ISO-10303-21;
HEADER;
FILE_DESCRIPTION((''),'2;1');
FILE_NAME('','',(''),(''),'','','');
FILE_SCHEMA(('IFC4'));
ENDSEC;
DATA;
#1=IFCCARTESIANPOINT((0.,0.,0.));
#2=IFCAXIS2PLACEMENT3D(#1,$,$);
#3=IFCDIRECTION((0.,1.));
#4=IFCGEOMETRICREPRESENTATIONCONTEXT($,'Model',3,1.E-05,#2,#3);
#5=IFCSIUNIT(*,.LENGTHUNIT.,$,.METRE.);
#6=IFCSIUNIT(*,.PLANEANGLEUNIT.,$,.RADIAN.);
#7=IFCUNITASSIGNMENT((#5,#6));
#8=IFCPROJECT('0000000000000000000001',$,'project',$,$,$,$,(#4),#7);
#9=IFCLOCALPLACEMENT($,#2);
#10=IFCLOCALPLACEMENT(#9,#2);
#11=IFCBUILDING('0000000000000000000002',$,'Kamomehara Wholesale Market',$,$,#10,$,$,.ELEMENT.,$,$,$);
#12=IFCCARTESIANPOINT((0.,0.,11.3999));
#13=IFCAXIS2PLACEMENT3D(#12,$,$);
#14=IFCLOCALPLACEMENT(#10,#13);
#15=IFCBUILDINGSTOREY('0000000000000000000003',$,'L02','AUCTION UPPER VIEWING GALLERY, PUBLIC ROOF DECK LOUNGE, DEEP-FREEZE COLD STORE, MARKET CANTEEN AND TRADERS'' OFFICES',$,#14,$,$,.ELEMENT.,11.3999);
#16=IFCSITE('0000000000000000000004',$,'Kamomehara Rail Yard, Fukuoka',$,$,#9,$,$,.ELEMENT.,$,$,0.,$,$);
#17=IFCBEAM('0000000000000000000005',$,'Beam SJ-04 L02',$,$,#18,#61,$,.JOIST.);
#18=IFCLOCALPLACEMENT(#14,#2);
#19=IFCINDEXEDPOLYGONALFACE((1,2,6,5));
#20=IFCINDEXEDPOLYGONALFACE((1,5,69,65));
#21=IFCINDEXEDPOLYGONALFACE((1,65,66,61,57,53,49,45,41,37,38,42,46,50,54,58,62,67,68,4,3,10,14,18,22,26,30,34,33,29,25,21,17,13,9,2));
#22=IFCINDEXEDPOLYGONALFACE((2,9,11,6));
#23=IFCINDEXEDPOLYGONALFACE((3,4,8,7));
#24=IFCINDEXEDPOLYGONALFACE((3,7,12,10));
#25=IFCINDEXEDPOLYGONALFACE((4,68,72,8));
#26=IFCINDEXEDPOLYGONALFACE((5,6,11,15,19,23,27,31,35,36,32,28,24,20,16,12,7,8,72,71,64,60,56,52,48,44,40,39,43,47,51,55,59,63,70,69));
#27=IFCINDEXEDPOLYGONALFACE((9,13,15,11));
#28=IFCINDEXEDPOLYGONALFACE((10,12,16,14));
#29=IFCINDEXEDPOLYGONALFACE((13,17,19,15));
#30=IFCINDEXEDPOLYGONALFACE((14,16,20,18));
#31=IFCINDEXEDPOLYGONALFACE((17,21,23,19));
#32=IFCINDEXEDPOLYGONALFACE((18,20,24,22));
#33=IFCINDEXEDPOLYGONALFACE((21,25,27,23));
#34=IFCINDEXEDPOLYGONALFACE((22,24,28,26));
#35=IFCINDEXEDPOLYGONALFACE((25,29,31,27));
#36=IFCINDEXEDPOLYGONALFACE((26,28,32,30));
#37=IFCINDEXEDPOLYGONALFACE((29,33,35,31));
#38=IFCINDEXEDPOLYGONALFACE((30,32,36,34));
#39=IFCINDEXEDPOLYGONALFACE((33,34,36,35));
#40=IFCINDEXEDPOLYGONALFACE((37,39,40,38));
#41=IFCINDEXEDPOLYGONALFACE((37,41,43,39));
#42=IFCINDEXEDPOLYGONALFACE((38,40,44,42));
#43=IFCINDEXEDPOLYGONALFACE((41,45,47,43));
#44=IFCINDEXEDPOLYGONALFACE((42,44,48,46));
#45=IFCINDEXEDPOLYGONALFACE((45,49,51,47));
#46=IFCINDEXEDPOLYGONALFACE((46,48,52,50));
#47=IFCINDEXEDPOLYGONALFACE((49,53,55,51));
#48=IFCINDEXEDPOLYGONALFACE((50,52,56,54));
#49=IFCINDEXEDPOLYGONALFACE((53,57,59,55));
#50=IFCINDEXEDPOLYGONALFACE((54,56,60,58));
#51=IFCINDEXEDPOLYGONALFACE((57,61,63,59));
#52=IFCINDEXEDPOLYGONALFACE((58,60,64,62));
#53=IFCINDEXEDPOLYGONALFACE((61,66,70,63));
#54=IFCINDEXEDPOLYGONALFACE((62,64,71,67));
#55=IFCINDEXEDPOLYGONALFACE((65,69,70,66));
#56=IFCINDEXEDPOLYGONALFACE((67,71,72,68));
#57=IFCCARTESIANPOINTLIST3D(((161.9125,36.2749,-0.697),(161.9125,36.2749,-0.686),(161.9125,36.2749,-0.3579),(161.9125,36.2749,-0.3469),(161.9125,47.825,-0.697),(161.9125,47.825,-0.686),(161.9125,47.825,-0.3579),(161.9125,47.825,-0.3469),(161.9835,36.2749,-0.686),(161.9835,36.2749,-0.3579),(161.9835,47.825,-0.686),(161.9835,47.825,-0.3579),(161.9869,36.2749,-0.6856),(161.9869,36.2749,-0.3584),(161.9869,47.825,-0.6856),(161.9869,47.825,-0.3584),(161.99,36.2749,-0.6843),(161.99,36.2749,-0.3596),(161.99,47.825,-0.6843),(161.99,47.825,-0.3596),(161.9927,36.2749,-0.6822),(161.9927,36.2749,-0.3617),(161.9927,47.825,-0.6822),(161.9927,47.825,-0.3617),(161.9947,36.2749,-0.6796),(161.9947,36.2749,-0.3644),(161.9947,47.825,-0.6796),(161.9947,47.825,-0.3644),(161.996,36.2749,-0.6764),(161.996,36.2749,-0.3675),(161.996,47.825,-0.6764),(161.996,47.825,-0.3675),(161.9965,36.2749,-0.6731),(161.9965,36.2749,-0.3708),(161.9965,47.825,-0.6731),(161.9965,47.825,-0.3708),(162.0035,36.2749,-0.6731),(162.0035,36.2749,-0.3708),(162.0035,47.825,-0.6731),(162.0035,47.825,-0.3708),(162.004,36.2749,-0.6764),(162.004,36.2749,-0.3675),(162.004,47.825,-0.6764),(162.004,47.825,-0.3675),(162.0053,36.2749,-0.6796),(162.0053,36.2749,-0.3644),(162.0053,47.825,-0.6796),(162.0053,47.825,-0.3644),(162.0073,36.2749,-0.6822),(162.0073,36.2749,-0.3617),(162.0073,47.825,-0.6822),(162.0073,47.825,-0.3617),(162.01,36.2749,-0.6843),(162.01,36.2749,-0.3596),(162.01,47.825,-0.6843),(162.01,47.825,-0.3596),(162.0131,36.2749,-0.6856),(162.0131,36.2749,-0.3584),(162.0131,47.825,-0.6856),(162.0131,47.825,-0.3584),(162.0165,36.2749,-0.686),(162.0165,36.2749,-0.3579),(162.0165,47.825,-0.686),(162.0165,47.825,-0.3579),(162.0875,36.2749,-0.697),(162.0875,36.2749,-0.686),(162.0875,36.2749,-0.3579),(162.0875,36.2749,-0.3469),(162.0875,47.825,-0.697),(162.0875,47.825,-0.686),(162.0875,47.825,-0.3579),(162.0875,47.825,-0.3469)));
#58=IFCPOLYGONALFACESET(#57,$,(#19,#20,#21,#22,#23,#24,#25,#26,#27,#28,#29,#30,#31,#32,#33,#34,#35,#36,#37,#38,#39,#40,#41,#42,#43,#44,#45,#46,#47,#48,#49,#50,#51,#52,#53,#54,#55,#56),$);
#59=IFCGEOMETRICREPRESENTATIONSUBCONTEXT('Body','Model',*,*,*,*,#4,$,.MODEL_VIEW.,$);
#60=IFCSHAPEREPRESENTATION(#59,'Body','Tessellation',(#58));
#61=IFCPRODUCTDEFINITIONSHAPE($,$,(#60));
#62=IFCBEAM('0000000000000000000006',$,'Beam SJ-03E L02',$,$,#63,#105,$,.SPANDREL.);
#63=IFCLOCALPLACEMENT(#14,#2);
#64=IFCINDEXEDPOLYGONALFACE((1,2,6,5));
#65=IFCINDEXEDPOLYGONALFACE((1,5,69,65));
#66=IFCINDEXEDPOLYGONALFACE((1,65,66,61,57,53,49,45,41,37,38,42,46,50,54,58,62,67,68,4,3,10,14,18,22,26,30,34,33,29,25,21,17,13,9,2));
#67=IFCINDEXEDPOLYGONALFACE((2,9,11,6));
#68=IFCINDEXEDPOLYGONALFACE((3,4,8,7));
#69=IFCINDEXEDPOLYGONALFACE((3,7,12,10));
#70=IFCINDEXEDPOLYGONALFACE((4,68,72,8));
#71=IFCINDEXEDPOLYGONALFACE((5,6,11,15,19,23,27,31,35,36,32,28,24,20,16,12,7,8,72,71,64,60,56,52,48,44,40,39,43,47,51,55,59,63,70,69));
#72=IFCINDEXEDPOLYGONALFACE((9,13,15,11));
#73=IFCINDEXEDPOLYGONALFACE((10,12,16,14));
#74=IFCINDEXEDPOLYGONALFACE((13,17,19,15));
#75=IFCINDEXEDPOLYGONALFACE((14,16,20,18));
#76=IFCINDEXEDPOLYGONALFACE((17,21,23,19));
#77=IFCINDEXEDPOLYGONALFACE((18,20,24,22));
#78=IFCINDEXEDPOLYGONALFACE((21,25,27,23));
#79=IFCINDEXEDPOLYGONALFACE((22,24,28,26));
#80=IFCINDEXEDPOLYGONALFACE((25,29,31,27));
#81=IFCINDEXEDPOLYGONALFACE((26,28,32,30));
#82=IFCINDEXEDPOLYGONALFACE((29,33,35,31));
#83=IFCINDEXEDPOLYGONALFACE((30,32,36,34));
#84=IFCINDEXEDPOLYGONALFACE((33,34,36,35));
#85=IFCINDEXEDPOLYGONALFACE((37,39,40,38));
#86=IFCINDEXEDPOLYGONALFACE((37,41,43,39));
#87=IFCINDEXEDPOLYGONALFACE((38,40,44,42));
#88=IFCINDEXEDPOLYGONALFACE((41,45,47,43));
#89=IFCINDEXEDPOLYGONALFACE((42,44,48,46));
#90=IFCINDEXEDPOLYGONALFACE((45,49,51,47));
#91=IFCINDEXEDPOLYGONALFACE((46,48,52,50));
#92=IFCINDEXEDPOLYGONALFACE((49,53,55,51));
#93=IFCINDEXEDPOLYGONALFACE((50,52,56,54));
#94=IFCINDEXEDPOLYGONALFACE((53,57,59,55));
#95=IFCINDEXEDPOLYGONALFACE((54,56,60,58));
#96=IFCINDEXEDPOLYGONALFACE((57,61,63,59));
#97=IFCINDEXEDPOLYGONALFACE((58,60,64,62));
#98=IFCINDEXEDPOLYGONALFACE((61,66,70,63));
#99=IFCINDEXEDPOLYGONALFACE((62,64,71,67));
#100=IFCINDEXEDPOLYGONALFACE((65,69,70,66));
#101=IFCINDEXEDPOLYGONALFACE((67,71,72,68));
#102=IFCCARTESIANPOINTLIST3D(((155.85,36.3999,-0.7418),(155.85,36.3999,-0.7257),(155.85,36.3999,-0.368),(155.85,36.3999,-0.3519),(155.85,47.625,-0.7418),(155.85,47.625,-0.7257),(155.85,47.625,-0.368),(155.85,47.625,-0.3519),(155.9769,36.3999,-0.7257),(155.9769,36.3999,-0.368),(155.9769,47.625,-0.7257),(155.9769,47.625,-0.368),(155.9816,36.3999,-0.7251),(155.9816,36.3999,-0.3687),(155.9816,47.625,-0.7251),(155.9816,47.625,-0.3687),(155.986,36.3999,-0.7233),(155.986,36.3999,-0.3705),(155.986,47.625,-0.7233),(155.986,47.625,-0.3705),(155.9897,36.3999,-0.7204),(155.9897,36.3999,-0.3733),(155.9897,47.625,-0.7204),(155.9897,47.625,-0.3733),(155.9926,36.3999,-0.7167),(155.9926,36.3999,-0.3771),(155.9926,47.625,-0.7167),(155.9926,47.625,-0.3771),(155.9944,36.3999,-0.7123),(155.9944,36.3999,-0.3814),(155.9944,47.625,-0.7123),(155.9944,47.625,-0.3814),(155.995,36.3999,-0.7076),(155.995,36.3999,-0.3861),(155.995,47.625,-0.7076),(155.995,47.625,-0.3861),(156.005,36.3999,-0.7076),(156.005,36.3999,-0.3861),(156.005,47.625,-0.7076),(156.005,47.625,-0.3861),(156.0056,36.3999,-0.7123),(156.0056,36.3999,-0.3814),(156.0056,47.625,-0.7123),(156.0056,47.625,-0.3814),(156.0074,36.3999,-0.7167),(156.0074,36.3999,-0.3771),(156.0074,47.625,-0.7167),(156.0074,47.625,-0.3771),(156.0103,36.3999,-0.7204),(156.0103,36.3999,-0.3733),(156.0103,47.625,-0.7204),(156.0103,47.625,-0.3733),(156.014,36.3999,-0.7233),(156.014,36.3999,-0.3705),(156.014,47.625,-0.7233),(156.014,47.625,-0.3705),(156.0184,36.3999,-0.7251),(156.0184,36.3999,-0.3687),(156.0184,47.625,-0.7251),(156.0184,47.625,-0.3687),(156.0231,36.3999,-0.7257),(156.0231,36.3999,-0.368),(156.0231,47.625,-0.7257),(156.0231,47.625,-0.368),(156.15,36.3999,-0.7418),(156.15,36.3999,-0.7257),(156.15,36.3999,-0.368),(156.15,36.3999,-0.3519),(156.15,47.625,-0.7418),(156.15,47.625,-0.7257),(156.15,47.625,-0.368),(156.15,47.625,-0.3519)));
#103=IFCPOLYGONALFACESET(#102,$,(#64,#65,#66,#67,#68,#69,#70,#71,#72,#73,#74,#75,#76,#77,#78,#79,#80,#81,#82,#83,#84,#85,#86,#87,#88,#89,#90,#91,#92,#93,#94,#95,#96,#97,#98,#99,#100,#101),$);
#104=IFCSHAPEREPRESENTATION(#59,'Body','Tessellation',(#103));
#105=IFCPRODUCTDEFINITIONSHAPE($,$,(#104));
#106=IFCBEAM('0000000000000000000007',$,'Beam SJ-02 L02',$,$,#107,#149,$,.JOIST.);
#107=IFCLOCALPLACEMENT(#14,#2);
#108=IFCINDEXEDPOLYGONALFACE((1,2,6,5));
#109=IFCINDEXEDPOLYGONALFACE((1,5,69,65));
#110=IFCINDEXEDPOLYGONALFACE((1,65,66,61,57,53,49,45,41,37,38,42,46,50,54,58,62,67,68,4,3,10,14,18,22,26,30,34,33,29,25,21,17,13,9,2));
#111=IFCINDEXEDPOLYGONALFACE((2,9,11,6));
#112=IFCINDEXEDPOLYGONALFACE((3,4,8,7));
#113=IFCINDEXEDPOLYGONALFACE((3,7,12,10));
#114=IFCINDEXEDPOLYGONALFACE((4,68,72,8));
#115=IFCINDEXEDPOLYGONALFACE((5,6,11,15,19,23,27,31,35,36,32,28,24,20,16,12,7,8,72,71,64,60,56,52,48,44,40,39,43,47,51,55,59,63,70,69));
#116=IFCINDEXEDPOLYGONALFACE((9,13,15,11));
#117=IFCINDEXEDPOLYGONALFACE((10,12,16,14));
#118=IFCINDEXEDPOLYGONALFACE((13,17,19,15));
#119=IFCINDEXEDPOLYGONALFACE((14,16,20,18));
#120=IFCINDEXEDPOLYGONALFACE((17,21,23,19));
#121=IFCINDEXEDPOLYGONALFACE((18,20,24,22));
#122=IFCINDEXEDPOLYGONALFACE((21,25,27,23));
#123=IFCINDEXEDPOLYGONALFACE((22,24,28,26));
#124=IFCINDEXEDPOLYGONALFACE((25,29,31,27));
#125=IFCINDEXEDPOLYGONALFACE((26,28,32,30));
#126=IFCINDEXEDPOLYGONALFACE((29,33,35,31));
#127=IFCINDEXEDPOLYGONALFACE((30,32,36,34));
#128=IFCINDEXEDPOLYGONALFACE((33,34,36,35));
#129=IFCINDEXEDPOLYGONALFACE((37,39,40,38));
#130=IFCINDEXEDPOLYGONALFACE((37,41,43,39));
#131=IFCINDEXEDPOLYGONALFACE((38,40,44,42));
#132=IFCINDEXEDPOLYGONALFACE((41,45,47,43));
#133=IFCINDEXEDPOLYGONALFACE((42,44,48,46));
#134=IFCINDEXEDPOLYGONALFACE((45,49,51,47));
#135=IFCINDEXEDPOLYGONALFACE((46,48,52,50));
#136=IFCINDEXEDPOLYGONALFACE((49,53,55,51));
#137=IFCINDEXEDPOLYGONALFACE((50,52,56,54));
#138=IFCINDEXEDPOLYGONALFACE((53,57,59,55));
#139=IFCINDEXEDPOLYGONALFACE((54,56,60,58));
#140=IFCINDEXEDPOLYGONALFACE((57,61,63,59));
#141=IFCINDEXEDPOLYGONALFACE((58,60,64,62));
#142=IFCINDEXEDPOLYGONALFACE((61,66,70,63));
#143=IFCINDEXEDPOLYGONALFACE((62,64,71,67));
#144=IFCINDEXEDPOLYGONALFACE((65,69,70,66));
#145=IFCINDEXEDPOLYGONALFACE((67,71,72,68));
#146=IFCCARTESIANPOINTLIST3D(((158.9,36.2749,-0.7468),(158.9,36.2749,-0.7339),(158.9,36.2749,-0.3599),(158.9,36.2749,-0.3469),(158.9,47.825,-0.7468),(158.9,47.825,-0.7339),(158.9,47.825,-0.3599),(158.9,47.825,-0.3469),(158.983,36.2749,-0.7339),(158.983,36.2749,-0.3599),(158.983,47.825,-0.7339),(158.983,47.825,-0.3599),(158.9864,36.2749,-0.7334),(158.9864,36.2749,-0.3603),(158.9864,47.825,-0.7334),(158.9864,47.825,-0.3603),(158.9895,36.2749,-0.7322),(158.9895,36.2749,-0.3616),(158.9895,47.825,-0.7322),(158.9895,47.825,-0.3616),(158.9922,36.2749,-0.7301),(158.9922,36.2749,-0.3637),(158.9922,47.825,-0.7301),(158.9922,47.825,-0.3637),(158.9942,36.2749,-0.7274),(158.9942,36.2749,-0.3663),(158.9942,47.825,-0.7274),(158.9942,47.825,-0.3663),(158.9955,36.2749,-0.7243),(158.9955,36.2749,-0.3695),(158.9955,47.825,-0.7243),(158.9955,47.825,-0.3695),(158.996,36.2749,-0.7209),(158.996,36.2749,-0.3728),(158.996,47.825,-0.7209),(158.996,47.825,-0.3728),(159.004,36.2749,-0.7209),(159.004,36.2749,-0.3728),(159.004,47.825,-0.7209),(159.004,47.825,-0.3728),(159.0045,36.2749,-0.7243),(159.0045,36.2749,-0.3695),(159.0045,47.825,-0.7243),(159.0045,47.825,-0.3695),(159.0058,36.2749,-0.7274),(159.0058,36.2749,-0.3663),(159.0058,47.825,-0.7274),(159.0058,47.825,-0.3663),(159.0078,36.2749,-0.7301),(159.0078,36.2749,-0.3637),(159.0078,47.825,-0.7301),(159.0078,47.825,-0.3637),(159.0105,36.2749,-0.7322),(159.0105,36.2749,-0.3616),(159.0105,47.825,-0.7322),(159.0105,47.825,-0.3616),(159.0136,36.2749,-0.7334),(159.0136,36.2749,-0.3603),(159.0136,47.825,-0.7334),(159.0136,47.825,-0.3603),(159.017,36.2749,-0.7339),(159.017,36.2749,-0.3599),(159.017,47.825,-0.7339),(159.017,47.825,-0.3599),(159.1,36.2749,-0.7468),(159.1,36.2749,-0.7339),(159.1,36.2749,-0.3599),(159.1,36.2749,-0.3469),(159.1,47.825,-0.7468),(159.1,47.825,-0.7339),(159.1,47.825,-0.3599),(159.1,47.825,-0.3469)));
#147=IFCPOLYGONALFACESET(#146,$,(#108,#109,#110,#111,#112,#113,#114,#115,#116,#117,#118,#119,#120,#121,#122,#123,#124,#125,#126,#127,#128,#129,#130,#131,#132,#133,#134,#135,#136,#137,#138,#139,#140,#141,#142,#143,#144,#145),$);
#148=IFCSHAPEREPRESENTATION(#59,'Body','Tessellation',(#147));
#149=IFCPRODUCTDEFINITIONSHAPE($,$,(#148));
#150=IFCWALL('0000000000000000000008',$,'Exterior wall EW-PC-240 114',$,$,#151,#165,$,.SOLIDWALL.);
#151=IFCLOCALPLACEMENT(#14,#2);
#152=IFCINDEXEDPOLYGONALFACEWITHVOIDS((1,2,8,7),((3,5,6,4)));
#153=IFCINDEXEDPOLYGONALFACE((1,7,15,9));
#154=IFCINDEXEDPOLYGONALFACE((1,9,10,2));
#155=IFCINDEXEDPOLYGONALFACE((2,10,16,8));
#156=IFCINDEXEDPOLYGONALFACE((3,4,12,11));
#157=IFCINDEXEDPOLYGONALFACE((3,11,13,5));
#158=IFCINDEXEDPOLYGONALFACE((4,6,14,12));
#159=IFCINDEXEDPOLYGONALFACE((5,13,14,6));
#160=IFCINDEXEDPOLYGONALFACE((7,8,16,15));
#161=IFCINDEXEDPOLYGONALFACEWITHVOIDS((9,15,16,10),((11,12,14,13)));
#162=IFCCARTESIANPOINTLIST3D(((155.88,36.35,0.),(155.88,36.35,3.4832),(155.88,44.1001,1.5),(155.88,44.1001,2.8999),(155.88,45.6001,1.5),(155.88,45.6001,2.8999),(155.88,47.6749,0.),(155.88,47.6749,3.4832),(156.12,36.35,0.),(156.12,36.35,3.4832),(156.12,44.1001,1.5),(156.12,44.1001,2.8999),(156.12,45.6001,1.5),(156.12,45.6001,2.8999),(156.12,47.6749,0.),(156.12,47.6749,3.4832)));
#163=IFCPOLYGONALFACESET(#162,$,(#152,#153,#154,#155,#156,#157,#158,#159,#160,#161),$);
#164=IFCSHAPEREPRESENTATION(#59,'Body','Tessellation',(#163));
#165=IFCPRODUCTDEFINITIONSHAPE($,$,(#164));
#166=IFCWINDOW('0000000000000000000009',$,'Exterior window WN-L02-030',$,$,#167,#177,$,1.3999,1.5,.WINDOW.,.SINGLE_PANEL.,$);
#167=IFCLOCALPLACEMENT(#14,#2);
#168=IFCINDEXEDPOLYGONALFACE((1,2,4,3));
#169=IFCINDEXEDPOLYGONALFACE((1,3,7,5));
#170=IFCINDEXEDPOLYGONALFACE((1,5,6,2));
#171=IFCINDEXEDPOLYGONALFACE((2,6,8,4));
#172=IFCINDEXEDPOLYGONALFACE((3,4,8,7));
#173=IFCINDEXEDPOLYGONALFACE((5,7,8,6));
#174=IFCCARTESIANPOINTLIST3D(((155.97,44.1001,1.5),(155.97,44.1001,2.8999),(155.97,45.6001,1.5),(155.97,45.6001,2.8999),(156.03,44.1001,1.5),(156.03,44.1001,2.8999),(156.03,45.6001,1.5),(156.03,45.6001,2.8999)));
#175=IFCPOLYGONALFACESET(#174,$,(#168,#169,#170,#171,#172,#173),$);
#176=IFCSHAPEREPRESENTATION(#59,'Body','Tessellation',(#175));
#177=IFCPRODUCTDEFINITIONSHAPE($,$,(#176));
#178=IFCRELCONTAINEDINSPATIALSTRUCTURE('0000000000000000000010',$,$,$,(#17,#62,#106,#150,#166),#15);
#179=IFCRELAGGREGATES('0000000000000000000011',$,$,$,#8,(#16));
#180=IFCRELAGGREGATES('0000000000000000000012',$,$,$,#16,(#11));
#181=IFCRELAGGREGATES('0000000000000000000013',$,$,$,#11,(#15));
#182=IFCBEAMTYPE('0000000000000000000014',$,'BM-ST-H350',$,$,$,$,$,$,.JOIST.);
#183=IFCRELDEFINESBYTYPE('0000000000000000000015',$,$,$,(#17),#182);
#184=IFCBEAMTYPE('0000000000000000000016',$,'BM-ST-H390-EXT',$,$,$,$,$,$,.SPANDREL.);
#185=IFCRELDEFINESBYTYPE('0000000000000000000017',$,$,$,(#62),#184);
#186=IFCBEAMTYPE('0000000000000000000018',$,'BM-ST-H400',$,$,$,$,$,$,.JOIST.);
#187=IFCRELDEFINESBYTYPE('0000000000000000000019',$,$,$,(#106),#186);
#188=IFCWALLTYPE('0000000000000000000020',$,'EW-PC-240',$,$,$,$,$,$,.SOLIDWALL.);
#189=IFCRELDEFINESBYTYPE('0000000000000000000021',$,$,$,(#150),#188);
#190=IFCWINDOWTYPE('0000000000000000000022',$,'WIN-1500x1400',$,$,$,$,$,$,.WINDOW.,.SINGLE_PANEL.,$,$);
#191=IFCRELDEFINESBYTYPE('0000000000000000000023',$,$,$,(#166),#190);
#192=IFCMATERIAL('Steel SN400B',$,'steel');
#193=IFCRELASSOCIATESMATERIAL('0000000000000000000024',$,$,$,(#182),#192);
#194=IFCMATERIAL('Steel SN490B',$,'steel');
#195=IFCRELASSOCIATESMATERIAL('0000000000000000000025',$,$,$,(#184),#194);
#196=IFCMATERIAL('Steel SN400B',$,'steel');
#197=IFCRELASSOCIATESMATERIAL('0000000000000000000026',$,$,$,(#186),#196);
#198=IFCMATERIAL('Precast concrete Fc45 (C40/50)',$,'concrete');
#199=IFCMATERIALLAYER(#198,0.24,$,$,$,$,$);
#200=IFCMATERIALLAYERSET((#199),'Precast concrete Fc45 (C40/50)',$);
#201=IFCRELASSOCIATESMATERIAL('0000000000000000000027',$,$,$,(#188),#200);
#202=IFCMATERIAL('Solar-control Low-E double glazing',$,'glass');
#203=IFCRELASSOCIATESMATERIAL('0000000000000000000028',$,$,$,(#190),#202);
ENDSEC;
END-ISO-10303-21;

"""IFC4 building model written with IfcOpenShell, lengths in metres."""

from ifc_helpers import new_model, si_unit, direction, frame, frame_2d, origin, origin_2d, place, context, subcontext, project, spatial, rectangle, i_section, extrude, material, layer, layer_set, material_profile, profile_set, type_object, element, fill, save


model = new_model("IFC4")

# Units and contexts
model_context = context("Model", 3, precision=1e-05, world=origin(), true_north=direction((0.0, 1.0)))
body_context = subcontext(model_context, "Body", "Model", "MODEL_VIEW")
ifc_project = project(units=[si_unit("LENGTHUNIT", "METRE"), si_unit("PLANEANGLEUNIT", "RADIAN")], contexts=[model_context])

# Site, building, storey
site_placement = place(None, origin())
site = spatial("IfcSite", under=ifc_project, at=site_placement, Name="Kamomehara Rail Yard, Fukuoka", CompositionType="ELEMENT", RefElevation=0.0)
building_placement = place(site_placement, origin())
building = spatial("IfcBuilding", under=site, at=building_placement, Name="Kamomehara Wholesale Market", CompositionType="ELEMENT")
storey_placement = place(building_placement, frame((0.0, 0.0, 11.3999)))
storey = spatial("IfcBuildingStorey", under=building, at=storey_placement, Name="L02", Description="AUCTION UPPER VIEWING GALLERY, PUBLIC ROOF DECK LOUNGE, DEEP-FREEZE COLD STORE, MARKET CANTEEN AND TRADERS' OFFICES", CompositionType="ELEMENT", Elevation=11.3999)

# Beams
ifc_material_1 = material(Name="Steel SN400B", Category="steel")
ifc_material_profile_1 = material_profile(ifc_material_1, i_section(OverallWidth=0.175, OverallDepth=0.3501, WebThickness=0.0071, FlangeThickness=0.011, FilletRadius=0.0129, at=origin_2d()), Name="H-350x175x7x11")
ifc_profile_set_1 = profile_set([ifc_material_profile_1], Name="Steel SN400B")
beam_type_1 = type_object("IfcBeamType", Name="BM-ST-H350", PredefinedType="JOIST", material=ifc_profile_set_1)
beam_1_placement = place(storey_placement, frame((162.0, 36.2749, -0.522), z_axis=(0.0, 1.0, 0.0), x_axis=(-1.0, 0.0, 0.0)))
element("IfcBeam", 1, at=beam_1_placement, inside=storey, type_object=beam_type_1, Name="Beam SJ-04 L02", PredefinedType="JOIST", context=body_context, shape_type="SweptSolid", body=[
    extrude(i_section(OverallWidth=0.175, OverallDepth=0.3501, WebThickness=0.0071, FlangeThickness=0.011, FilletRadius=0.0129, at=origin_2d()), origin(), (0.0, 0.0, 1.0), 11.55),
])
ifc_material_2 = material(Name="Steel SN490B", Category="steel")
ifc_material_profile_2 = material_profile(ifc_material_2, i_section(OverallWidth=0.3, OverallDepth=0.3899, WebThickness=0.01, FlangeThickness=0.0161, FilletRadius=0.0181, at=origin_2d()), Name="H-390x300x10x16")
ifc_profile_set_2 = profile_set([ifc_material_profile_2], Name="Steel SN490B")
beam_type_2 = type_object("IfcBeamType", Name="BM-ST-H390-EXT", PredefinedType="SPANDREL", material=ifc_profile_set_2)
beam_2_placement = place(storey_placement, frame((156.0, 36.3999, -0.5469), z_axis=(0.0, 1.0, 0.0), x_axis=(-1.0, 0.0, 0.0)))
element("IfcBeam", 2, at=beam_2_placement, inside=storey, type_object=beam_type_2, Name="Beam SJ-03E L02", PredefinedType="SPANDREL", context=body_context, shape_type="SweptSolid", body=[
    extrude(i_section(OverallWidth=0.3, OverallDepth=0.3899, WebThickness=0.01, FlangeThickness=0.0161, FilletRadius=0.0181, at=origin_2d()), origin(), (0.0, 0.0, 1.0), 11.2251),
])
ifc_material_3 = material(Name="Steel SN400B", Category="steel")
ifc_material_profile_3 = material_profile(ifc_material_3, i_section(OverallWidth=0.2, OverallDepth=0.3999, WebThickness=0.0081, FlangeThickness=0.0129, FilletRadius=0.0129, at=origin_2d()), Name="H-400x200x8x13")
ifc_profile_set_3 = profile_set([ifc_material_profile_3], Name="Steel SN400B")
beam_type_3 = type_object("IfcBeamType", Name="BM-ST-H400", PredefinedType="JOIST", material=ifc_profile_set_3)
beam_3_placement = place(storey_placement, frame((159.0, 36.2749, -0.5469), z_axis=(0.0, 1.0, 0.0), x_axis=(-1.0, 0.0, 0.0)))
element("IfcBeam", 3, at=beam_3_placement, inside=storey, type_object=beam_type_3, Name="Beam SJ-02 L02", PredefinedType="JOIST", context=body_context, shape_type="SweptSolid", body=[
    extrude(i_section(OverallWidth=0.2, OverallDepth=0.3999, WebThickness=0.0081, FlangeThickness=0.0129, FilletRadius=0.0129, at=origin_2d()), origin(), (0.0, 0.0, 1.0), 11.55),
])

# Wall, opening, window
ifc_material_4 = material(Name="Precast concrete Fc45 (C40/50)", Category="concrete")
ifc_layer_1 = layer(ifc_material_4, 0.24)
ifc_layer_set_1 = layer_set([ifc_layer_1], Name="Precast concrete Fc45 (C40/50)")
wall_type_1 = type_object("IfcWallType", Name="EW-PC-240", PredefinedType="SOLIDWALL", material=ifc_layer_set_1)
wall_1_placement = place(storey_placement, frame((156.0, 47.675, 0.0), z_axis=(0.0, 0.0, 1.0), x_axis=(0.0, -1.0, 0.0)))
wall_1 = element("IfcWall", 4, at=wall_1_placement, inside=storey, type_object=wall_type_1, Name="Exterior wall EW-PC-240 114", PredefinedType="SOLIDWALL", context=body_context, shape_type="SweptSolid", body=[
    extrude(rectangle(XDim=11.325, YDim=0.24, at=frame_2d((5.6626, 0.0))), origin(), (0.0, 0.0, 1.0), 3.4832),
])
opening_placement = place(wall_1_placement, frame((2.075, 0.0, 1.5)))
opening = element("IfcOpeningElement", 5, at=opening_placement, cuts=wall_1, PredefinedType="OPENING", context=body_context, shape_type="SweptSolid", body=[
    extrude(rectangle(XDim=1.5, YDim=1.3999, at=frame_2d((0.75, 0.7))), frame((0.0, 0.1348, 0.0), z_axis=(0.0, -1.0, 0.0), x_axis=(1.0, 0.0, 0.0)), (0.0, 0.0, 1.0), 0.2698),
])
ifc_material_5 = material(Name="Solar-control Low-E double glazing", Category="glass")
window_type = type_object("IfcWindowType", Name="WIN-1500x1400", PartitioningType="SINGLE_PANEL", PredefinedType="WINDOW", material=ifc_material_5)
window_placement = place(opening_placement, origin())
window = element("IfcWindow", 6, at=window_placement, inside=storey, type_object=window_type, Name="Exterior window WN-L02-030", OverallHeight=1.3999, OverallWidth=1.5, PartitioningType="SINGLE_PANEL", PredefinedType="WINDOW", context=body_context, shape_type="SweptSolid", body=[
    extrude(rectangle(XDim=1.5, YDim=1.3999, at=frame_2d((0.75, 0.7))), frame((0.0, 0.03, 0.0), z_axis=(0.0, -1.0, 0.0), x_axis=(1.0, 0.0, 0.0)), (0.0, 0.0, 1.0), 0.0601),
])
fill(opening, window)

save(model, "model.ifc")
